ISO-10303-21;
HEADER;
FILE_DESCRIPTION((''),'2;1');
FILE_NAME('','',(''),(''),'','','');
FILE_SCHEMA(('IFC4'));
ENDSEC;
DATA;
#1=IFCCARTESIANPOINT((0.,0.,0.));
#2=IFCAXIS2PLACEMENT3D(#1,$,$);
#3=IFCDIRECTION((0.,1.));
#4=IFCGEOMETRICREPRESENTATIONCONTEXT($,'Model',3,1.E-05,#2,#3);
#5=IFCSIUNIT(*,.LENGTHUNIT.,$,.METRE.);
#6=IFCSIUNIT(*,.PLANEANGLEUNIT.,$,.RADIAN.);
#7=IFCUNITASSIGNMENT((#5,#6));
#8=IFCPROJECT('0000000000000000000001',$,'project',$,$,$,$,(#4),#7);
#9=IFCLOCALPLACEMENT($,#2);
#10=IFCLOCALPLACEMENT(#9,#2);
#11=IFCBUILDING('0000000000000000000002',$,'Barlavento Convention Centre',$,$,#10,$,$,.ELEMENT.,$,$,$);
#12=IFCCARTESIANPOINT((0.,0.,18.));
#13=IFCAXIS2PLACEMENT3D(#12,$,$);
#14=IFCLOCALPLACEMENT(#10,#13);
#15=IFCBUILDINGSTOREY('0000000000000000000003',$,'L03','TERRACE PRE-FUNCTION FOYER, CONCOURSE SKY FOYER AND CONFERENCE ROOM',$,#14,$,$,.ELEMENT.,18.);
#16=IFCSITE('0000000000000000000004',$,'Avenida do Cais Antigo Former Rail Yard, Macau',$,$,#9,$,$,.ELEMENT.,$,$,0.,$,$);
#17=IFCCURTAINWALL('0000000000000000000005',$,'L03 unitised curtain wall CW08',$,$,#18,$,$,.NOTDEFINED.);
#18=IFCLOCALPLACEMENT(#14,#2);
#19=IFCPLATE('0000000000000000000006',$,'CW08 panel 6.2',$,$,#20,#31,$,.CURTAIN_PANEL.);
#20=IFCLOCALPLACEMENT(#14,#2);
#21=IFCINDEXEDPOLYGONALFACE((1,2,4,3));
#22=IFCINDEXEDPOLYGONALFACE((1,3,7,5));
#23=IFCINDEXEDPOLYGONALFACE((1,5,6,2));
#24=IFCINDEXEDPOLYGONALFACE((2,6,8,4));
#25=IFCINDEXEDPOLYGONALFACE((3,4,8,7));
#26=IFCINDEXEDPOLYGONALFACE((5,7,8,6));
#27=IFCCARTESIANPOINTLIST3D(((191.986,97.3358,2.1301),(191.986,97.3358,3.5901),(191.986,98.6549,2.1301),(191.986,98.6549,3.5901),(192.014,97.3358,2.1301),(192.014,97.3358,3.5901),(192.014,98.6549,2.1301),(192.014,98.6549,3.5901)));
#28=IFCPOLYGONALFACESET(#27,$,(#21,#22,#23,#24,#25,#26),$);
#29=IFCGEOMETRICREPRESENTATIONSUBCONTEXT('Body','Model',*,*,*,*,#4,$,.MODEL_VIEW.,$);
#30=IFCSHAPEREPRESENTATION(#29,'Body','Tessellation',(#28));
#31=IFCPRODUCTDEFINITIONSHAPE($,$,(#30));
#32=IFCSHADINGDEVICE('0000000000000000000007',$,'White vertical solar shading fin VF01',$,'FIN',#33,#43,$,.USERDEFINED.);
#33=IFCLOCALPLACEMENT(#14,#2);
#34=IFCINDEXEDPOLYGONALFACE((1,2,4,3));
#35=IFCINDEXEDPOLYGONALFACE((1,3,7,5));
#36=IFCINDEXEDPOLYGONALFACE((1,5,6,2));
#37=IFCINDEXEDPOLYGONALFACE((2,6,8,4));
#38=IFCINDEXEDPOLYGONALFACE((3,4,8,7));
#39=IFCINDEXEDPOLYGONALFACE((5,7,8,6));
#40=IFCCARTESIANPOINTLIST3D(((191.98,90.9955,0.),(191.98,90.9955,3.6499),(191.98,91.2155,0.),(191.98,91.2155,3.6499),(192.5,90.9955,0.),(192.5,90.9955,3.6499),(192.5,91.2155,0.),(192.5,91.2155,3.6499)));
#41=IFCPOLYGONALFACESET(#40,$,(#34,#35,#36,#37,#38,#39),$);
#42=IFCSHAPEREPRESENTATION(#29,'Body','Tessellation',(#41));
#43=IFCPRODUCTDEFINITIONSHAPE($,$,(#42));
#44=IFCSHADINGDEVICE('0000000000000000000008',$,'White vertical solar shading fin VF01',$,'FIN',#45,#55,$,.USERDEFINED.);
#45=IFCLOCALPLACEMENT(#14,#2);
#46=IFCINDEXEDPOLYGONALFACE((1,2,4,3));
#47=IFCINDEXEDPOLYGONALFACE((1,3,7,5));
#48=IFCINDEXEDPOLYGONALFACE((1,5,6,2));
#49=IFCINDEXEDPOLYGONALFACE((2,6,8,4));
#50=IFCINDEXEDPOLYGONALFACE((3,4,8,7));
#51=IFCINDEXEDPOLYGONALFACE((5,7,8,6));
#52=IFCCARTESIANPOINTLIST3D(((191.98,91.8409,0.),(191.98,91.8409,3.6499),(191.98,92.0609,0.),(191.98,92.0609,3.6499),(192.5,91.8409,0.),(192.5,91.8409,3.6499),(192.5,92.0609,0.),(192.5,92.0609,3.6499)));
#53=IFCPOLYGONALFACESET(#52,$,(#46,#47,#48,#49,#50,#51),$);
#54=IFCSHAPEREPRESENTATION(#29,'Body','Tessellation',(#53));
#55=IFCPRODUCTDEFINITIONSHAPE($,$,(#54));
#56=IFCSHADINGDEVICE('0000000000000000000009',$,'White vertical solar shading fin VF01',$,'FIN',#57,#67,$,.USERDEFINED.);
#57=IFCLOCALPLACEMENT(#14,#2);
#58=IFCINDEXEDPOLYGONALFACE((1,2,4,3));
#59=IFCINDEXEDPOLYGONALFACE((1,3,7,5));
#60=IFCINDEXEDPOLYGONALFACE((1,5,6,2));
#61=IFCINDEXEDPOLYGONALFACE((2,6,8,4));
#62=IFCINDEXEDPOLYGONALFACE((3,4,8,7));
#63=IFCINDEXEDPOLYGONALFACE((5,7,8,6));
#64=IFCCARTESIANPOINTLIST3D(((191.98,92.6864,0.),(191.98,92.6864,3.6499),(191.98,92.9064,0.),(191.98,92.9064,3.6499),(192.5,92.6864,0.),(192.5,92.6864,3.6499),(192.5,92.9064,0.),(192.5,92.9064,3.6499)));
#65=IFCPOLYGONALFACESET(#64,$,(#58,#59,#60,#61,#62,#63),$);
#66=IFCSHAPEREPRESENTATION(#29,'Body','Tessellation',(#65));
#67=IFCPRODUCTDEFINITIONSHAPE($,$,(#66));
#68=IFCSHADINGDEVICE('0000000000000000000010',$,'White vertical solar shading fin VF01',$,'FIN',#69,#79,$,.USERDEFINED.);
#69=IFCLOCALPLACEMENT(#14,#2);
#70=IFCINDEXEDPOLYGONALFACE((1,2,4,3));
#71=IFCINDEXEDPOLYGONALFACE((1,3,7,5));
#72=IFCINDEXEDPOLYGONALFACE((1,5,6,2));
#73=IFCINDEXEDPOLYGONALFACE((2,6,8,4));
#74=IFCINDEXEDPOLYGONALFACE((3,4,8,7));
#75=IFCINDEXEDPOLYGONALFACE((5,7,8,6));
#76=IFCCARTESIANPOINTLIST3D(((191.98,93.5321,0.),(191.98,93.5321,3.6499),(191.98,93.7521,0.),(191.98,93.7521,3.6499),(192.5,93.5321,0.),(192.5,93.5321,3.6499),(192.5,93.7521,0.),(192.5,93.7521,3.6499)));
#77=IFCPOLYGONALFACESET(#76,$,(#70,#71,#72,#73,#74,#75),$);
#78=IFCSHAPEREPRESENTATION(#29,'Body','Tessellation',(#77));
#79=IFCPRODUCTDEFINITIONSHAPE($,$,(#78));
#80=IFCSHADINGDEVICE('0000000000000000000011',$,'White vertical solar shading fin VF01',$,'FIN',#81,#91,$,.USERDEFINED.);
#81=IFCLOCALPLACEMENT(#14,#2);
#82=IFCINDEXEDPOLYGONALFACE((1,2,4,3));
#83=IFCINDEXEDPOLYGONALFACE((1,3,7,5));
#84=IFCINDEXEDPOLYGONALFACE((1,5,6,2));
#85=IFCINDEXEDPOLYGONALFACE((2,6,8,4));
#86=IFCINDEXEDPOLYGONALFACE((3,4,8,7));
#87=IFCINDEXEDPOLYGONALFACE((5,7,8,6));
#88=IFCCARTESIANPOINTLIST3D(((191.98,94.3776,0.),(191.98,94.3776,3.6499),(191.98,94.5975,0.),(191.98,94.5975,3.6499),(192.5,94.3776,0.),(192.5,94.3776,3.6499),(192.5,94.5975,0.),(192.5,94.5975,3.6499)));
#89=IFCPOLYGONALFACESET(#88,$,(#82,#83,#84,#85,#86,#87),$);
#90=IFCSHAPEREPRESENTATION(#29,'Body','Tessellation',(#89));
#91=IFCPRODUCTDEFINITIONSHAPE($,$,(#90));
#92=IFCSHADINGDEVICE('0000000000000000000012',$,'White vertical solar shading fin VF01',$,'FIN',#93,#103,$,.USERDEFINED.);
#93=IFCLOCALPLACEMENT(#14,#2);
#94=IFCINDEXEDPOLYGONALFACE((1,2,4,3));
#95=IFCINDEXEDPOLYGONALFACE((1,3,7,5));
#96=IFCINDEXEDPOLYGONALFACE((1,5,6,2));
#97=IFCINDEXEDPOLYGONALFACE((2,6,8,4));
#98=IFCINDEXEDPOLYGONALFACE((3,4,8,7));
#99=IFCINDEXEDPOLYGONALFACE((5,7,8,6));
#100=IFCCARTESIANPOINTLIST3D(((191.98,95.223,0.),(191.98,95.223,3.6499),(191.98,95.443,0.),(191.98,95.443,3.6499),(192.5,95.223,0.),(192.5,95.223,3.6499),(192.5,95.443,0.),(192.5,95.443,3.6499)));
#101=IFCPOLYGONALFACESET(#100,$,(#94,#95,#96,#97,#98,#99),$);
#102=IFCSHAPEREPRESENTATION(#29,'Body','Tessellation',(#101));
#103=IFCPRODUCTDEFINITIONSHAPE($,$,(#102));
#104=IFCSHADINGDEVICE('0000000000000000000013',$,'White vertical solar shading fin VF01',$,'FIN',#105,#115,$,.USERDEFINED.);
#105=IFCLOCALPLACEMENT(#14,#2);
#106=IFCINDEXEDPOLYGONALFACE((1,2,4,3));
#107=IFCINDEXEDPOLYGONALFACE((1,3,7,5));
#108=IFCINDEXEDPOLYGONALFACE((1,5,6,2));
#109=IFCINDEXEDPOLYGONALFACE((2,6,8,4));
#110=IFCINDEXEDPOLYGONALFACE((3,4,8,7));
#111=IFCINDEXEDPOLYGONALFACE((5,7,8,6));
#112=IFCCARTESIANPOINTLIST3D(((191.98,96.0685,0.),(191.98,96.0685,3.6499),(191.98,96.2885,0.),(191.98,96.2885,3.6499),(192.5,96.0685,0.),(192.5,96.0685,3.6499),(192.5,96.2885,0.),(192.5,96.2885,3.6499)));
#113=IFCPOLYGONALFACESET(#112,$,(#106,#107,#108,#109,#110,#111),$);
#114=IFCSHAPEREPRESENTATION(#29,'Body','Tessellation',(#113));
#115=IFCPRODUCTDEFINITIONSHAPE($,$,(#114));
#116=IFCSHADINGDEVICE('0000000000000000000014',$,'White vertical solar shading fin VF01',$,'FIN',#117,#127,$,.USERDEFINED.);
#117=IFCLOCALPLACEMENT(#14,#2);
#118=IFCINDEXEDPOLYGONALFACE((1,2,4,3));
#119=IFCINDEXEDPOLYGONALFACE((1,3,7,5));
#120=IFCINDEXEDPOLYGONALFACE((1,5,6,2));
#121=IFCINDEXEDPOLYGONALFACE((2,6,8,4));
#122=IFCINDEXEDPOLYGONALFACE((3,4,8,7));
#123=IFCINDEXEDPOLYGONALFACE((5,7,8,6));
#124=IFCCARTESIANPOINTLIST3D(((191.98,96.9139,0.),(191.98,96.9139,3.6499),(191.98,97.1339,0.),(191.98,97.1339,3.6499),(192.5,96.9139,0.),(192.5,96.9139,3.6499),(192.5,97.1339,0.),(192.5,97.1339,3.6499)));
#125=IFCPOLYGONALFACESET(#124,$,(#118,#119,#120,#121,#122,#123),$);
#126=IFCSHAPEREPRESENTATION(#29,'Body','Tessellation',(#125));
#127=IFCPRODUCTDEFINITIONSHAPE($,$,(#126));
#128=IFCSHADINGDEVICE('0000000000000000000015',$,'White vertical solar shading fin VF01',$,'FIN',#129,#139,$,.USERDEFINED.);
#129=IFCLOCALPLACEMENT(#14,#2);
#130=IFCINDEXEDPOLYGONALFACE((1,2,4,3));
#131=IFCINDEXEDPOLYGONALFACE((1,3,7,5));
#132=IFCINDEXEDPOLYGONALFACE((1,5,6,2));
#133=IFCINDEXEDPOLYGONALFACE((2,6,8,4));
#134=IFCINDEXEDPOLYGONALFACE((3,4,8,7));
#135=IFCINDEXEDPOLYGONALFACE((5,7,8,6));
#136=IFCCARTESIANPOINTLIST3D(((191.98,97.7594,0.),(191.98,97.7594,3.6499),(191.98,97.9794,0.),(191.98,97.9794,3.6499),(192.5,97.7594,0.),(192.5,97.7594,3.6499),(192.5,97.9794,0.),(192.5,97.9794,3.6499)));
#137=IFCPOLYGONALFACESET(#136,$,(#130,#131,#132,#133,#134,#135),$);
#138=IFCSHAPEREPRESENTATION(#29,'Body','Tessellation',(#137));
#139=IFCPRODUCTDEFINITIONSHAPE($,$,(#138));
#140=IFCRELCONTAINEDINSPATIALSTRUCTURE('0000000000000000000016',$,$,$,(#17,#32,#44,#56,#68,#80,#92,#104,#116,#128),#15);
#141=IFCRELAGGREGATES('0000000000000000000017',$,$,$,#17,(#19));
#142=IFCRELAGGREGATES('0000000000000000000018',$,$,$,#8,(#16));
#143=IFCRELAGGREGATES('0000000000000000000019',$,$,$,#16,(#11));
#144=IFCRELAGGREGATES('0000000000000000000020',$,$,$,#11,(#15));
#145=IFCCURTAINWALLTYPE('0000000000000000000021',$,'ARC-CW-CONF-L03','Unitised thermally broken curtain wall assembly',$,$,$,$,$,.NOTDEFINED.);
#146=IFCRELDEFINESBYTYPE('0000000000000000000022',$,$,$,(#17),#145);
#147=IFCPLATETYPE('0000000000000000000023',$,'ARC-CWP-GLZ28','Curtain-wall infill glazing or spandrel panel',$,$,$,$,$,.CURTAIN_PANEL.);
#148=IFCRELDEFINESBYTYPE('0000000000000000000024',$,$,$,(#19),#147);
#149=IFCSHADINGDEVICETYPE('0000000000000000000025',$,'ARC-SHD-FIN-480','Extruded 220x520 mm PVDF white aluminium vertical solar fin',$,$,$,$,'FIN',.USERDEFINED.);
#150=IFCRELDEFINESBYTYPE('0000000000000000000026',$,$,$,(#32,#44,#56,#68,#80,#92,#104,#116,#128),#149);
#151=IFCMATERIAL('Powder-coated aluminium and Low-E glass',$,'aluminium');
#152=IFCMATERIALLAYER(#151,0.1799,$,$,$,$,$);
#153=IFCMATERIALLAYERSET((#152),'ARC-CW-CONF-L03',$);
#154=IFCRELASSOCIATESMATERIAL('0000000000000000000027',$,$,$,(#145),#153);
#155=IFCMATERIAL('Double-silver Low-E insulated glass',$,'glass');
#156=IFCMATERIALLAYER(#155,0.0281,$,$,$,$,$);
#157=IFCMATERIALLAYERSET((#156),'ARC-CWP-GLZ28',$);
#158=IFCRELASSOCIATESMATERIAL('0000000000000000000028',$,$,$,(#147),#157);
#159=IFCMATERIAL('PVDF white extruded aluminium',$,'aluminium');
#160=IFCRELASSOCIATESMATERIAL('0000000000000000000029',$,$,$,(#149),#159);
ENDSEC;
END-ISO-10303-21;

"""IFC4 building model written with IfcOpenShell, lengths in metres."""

from ifc_helpers import new_model, si_unit, direction, frame, origin, origin_2d, place, context, subcontext, project, spatial, rectangle, extrude, material, layer, layer_set, type_object, element, aggregate, save


model = new_model("IFC4")

# Units and contexts
model_context = context("Model", 3, precision=1e-05, world=origin(), true_north=direction((0.0, 1.0)))
body_context = subcontext(model_context, "Body", "Model", "MODEL_VIEW")
ifc_project = project(units=[si_unit("LENGTHUNIT", "METRE"), si_unit("PLANEANGLEUNIT", "RADIAN")], contexts=[model_context])

# Site, building, storey
site_placement = place(None, origin())
site = spatial("IfcSite", under=ifc_project, at=site_placement, Name="Avenida do Cais Antigo Former Rail Yard, Macau", CompositionType="ELEMENT", RefElevation=0.0)
building_placement = place(site_placement, origin())
building = spatial("IfcBuilding", under=site, at=building_placement, Name="Barlavento Convention Centre", CompositionType="ELEMENT")
storey_placement = place(building_placement, frame((0.0, 0.0, 18.0)))
storey = spatial("IfcBuildingStorey", under=building, at=storey_placement, Name="L03", Description="TERRACE PRE-FUNCTION FOYER, CONCOURSE SKY FOYER AND CONFERENCE ROOM", CompositionType="ELEMENT", Elevation=18.0)

# Curtain wall, plate
ifc_material_1 = material(Name="Powder-coated aluminium and Low-E glass", Category="aluminium")
ifc_layer_1 = layer(ifc_material_1, 0.1799)
ifc_layer_set_1 = layer_set([ifc_layer_1], Name="ARC-CW-CONF-L03")
curtain_wall_type = type_object("IfcCurtainWallType", Name="ARC-CW-CONF-L03", Description="Unitised thermally broken curtain wall assembly", PredefinedType="NOTDEFINED", material=ifc_layer_set_1)
curtain_wall_placement = place(storey_placement, origin())
curtain_wall = element("IfcCurtainWall", 1, at=curtain_wall_placement, inside=storey, type_object=curtain_wall_type, Name="L03 unitised curtain wall CW08", PredefinedType="NOTDEFINED")
ifc_material_2 = material(Name="Double-silver Low-E insulated glass", Category="glass")
ifc_layer_2 = layer(ifc_material_2, 0.0281)
ifc_layer_set_2 = layer_set([ifc_layer_2], Name="ARC-CWP-GLZ28")
plate_type = type_object("IfcPlateType", Name="ARC-CWP-GLZ28", Description="Curtain-wall infill glazing or spandrel panel", PredefinedType="CURTAIN_PANEL", material=ifc_layer_set_2)
plate_1_placement = place(storey_placement, frame((192.0, 97.9954, 2.1301), z_axis=(0.0, 0.0, 1.0), x_axis=(0.0, 1.0, 0.0)))
plate_1 = element("IfcPlate", 2, at=plate_1_placement, type_object=plate_type, Name="CW08 panel 6.2", PredefinedType="CURTAIN_PANEL", context=body_context, shape_type="SweptSolid", body=[
    extrude(rectangle(XDim=1.3191, YDim=0.0281, at=origin_2d()), origin(), (0.0, 0.0, 1.0), 1.46),
])
aggregate(curtain_wall, [plate_1])

# Shading devices
ifc_material_3 = material(Name="PVDF white extruded aluminium", Category="aluminium")
shading_device_type = type_object("IfcShadingDeviceType", Name="ARC-SHD-FIN-480", Description="Extruded 220x520 mm PVDF white aluminium vertical solar fin", ElementType="FIN", PredefinedType="USERDEFINED", material=ifc_material_3)
for number, where, z_axis, x_axis, name in (
    (3, (192.24, 91.1055, 0.0), (0.0, 0.0, 1.0), (0.0, 1.0, 0.0), "White vertical solar shading fin VF01"),
    (4, (192.24, 91.9509, 0.0), (0.0, 0.0, 1.0), (0.0, 1.0, 0.0), "White vertical solar shading fin VF01"),
    (5, (192.24, 92.7964, 0.0), (0.0, 0.0, 1.0), (0.0, 1.0, 0.0), "White vertical solar shading fin VF01"),
    (6, (192.24, 93.6421, 0.0), (0.0, 0.0, 1.0), (0.0, 1.0, 0.0), "White vertical solar shading fin VF01"),
    (7, (192.24, 94.4875, 0.0), (0.0, 0.0, 1.0), (0.0, 1.0, 0.0), "White vertical solar shading fin VF01"),
    (8, (192.24, 95.333, 0.0), (0.0, 0.0, 1.0), (0.0, 1.0, 0.0), "White vertical solar shading fin VF01"),
    (9, (192.24, 96.1785, 0.0), (0.0, 0.0, 1.0), (0.0, 1.0, 0.0), "White vertical solar shading fin VF01"),
    (10, (192.24, 97.0239, 0.0), (0.0, 0.0, 1.0), (0.0, 1.0, 0.0), "White vertical solar shading fin VF01"),
    (11, (192.24, 97.8694, 0.0), (0.0, 0.0, 1.0), (0.0, 1.0, 0.0), "White vertical solar shading fin VF01"),
):
    element("IfcShadingDevice", number, at=place(storey_placement, frame(where, z_axis=z_axis, x_axis=x_axis)), inside=storey, type_object=shading_device_type, Name=name, ObjectType="FIN", PredefinedType="USERDEFINED", context=body_context, shape_type="SweptSolid", body=[
        extrude(rectangle(XDim=0.22, YDim=0.52, at=origin_2d()), origin(), (0.0, 0.0, 1.0), 3.6499),
    ])

save(model, "model.ifc")
